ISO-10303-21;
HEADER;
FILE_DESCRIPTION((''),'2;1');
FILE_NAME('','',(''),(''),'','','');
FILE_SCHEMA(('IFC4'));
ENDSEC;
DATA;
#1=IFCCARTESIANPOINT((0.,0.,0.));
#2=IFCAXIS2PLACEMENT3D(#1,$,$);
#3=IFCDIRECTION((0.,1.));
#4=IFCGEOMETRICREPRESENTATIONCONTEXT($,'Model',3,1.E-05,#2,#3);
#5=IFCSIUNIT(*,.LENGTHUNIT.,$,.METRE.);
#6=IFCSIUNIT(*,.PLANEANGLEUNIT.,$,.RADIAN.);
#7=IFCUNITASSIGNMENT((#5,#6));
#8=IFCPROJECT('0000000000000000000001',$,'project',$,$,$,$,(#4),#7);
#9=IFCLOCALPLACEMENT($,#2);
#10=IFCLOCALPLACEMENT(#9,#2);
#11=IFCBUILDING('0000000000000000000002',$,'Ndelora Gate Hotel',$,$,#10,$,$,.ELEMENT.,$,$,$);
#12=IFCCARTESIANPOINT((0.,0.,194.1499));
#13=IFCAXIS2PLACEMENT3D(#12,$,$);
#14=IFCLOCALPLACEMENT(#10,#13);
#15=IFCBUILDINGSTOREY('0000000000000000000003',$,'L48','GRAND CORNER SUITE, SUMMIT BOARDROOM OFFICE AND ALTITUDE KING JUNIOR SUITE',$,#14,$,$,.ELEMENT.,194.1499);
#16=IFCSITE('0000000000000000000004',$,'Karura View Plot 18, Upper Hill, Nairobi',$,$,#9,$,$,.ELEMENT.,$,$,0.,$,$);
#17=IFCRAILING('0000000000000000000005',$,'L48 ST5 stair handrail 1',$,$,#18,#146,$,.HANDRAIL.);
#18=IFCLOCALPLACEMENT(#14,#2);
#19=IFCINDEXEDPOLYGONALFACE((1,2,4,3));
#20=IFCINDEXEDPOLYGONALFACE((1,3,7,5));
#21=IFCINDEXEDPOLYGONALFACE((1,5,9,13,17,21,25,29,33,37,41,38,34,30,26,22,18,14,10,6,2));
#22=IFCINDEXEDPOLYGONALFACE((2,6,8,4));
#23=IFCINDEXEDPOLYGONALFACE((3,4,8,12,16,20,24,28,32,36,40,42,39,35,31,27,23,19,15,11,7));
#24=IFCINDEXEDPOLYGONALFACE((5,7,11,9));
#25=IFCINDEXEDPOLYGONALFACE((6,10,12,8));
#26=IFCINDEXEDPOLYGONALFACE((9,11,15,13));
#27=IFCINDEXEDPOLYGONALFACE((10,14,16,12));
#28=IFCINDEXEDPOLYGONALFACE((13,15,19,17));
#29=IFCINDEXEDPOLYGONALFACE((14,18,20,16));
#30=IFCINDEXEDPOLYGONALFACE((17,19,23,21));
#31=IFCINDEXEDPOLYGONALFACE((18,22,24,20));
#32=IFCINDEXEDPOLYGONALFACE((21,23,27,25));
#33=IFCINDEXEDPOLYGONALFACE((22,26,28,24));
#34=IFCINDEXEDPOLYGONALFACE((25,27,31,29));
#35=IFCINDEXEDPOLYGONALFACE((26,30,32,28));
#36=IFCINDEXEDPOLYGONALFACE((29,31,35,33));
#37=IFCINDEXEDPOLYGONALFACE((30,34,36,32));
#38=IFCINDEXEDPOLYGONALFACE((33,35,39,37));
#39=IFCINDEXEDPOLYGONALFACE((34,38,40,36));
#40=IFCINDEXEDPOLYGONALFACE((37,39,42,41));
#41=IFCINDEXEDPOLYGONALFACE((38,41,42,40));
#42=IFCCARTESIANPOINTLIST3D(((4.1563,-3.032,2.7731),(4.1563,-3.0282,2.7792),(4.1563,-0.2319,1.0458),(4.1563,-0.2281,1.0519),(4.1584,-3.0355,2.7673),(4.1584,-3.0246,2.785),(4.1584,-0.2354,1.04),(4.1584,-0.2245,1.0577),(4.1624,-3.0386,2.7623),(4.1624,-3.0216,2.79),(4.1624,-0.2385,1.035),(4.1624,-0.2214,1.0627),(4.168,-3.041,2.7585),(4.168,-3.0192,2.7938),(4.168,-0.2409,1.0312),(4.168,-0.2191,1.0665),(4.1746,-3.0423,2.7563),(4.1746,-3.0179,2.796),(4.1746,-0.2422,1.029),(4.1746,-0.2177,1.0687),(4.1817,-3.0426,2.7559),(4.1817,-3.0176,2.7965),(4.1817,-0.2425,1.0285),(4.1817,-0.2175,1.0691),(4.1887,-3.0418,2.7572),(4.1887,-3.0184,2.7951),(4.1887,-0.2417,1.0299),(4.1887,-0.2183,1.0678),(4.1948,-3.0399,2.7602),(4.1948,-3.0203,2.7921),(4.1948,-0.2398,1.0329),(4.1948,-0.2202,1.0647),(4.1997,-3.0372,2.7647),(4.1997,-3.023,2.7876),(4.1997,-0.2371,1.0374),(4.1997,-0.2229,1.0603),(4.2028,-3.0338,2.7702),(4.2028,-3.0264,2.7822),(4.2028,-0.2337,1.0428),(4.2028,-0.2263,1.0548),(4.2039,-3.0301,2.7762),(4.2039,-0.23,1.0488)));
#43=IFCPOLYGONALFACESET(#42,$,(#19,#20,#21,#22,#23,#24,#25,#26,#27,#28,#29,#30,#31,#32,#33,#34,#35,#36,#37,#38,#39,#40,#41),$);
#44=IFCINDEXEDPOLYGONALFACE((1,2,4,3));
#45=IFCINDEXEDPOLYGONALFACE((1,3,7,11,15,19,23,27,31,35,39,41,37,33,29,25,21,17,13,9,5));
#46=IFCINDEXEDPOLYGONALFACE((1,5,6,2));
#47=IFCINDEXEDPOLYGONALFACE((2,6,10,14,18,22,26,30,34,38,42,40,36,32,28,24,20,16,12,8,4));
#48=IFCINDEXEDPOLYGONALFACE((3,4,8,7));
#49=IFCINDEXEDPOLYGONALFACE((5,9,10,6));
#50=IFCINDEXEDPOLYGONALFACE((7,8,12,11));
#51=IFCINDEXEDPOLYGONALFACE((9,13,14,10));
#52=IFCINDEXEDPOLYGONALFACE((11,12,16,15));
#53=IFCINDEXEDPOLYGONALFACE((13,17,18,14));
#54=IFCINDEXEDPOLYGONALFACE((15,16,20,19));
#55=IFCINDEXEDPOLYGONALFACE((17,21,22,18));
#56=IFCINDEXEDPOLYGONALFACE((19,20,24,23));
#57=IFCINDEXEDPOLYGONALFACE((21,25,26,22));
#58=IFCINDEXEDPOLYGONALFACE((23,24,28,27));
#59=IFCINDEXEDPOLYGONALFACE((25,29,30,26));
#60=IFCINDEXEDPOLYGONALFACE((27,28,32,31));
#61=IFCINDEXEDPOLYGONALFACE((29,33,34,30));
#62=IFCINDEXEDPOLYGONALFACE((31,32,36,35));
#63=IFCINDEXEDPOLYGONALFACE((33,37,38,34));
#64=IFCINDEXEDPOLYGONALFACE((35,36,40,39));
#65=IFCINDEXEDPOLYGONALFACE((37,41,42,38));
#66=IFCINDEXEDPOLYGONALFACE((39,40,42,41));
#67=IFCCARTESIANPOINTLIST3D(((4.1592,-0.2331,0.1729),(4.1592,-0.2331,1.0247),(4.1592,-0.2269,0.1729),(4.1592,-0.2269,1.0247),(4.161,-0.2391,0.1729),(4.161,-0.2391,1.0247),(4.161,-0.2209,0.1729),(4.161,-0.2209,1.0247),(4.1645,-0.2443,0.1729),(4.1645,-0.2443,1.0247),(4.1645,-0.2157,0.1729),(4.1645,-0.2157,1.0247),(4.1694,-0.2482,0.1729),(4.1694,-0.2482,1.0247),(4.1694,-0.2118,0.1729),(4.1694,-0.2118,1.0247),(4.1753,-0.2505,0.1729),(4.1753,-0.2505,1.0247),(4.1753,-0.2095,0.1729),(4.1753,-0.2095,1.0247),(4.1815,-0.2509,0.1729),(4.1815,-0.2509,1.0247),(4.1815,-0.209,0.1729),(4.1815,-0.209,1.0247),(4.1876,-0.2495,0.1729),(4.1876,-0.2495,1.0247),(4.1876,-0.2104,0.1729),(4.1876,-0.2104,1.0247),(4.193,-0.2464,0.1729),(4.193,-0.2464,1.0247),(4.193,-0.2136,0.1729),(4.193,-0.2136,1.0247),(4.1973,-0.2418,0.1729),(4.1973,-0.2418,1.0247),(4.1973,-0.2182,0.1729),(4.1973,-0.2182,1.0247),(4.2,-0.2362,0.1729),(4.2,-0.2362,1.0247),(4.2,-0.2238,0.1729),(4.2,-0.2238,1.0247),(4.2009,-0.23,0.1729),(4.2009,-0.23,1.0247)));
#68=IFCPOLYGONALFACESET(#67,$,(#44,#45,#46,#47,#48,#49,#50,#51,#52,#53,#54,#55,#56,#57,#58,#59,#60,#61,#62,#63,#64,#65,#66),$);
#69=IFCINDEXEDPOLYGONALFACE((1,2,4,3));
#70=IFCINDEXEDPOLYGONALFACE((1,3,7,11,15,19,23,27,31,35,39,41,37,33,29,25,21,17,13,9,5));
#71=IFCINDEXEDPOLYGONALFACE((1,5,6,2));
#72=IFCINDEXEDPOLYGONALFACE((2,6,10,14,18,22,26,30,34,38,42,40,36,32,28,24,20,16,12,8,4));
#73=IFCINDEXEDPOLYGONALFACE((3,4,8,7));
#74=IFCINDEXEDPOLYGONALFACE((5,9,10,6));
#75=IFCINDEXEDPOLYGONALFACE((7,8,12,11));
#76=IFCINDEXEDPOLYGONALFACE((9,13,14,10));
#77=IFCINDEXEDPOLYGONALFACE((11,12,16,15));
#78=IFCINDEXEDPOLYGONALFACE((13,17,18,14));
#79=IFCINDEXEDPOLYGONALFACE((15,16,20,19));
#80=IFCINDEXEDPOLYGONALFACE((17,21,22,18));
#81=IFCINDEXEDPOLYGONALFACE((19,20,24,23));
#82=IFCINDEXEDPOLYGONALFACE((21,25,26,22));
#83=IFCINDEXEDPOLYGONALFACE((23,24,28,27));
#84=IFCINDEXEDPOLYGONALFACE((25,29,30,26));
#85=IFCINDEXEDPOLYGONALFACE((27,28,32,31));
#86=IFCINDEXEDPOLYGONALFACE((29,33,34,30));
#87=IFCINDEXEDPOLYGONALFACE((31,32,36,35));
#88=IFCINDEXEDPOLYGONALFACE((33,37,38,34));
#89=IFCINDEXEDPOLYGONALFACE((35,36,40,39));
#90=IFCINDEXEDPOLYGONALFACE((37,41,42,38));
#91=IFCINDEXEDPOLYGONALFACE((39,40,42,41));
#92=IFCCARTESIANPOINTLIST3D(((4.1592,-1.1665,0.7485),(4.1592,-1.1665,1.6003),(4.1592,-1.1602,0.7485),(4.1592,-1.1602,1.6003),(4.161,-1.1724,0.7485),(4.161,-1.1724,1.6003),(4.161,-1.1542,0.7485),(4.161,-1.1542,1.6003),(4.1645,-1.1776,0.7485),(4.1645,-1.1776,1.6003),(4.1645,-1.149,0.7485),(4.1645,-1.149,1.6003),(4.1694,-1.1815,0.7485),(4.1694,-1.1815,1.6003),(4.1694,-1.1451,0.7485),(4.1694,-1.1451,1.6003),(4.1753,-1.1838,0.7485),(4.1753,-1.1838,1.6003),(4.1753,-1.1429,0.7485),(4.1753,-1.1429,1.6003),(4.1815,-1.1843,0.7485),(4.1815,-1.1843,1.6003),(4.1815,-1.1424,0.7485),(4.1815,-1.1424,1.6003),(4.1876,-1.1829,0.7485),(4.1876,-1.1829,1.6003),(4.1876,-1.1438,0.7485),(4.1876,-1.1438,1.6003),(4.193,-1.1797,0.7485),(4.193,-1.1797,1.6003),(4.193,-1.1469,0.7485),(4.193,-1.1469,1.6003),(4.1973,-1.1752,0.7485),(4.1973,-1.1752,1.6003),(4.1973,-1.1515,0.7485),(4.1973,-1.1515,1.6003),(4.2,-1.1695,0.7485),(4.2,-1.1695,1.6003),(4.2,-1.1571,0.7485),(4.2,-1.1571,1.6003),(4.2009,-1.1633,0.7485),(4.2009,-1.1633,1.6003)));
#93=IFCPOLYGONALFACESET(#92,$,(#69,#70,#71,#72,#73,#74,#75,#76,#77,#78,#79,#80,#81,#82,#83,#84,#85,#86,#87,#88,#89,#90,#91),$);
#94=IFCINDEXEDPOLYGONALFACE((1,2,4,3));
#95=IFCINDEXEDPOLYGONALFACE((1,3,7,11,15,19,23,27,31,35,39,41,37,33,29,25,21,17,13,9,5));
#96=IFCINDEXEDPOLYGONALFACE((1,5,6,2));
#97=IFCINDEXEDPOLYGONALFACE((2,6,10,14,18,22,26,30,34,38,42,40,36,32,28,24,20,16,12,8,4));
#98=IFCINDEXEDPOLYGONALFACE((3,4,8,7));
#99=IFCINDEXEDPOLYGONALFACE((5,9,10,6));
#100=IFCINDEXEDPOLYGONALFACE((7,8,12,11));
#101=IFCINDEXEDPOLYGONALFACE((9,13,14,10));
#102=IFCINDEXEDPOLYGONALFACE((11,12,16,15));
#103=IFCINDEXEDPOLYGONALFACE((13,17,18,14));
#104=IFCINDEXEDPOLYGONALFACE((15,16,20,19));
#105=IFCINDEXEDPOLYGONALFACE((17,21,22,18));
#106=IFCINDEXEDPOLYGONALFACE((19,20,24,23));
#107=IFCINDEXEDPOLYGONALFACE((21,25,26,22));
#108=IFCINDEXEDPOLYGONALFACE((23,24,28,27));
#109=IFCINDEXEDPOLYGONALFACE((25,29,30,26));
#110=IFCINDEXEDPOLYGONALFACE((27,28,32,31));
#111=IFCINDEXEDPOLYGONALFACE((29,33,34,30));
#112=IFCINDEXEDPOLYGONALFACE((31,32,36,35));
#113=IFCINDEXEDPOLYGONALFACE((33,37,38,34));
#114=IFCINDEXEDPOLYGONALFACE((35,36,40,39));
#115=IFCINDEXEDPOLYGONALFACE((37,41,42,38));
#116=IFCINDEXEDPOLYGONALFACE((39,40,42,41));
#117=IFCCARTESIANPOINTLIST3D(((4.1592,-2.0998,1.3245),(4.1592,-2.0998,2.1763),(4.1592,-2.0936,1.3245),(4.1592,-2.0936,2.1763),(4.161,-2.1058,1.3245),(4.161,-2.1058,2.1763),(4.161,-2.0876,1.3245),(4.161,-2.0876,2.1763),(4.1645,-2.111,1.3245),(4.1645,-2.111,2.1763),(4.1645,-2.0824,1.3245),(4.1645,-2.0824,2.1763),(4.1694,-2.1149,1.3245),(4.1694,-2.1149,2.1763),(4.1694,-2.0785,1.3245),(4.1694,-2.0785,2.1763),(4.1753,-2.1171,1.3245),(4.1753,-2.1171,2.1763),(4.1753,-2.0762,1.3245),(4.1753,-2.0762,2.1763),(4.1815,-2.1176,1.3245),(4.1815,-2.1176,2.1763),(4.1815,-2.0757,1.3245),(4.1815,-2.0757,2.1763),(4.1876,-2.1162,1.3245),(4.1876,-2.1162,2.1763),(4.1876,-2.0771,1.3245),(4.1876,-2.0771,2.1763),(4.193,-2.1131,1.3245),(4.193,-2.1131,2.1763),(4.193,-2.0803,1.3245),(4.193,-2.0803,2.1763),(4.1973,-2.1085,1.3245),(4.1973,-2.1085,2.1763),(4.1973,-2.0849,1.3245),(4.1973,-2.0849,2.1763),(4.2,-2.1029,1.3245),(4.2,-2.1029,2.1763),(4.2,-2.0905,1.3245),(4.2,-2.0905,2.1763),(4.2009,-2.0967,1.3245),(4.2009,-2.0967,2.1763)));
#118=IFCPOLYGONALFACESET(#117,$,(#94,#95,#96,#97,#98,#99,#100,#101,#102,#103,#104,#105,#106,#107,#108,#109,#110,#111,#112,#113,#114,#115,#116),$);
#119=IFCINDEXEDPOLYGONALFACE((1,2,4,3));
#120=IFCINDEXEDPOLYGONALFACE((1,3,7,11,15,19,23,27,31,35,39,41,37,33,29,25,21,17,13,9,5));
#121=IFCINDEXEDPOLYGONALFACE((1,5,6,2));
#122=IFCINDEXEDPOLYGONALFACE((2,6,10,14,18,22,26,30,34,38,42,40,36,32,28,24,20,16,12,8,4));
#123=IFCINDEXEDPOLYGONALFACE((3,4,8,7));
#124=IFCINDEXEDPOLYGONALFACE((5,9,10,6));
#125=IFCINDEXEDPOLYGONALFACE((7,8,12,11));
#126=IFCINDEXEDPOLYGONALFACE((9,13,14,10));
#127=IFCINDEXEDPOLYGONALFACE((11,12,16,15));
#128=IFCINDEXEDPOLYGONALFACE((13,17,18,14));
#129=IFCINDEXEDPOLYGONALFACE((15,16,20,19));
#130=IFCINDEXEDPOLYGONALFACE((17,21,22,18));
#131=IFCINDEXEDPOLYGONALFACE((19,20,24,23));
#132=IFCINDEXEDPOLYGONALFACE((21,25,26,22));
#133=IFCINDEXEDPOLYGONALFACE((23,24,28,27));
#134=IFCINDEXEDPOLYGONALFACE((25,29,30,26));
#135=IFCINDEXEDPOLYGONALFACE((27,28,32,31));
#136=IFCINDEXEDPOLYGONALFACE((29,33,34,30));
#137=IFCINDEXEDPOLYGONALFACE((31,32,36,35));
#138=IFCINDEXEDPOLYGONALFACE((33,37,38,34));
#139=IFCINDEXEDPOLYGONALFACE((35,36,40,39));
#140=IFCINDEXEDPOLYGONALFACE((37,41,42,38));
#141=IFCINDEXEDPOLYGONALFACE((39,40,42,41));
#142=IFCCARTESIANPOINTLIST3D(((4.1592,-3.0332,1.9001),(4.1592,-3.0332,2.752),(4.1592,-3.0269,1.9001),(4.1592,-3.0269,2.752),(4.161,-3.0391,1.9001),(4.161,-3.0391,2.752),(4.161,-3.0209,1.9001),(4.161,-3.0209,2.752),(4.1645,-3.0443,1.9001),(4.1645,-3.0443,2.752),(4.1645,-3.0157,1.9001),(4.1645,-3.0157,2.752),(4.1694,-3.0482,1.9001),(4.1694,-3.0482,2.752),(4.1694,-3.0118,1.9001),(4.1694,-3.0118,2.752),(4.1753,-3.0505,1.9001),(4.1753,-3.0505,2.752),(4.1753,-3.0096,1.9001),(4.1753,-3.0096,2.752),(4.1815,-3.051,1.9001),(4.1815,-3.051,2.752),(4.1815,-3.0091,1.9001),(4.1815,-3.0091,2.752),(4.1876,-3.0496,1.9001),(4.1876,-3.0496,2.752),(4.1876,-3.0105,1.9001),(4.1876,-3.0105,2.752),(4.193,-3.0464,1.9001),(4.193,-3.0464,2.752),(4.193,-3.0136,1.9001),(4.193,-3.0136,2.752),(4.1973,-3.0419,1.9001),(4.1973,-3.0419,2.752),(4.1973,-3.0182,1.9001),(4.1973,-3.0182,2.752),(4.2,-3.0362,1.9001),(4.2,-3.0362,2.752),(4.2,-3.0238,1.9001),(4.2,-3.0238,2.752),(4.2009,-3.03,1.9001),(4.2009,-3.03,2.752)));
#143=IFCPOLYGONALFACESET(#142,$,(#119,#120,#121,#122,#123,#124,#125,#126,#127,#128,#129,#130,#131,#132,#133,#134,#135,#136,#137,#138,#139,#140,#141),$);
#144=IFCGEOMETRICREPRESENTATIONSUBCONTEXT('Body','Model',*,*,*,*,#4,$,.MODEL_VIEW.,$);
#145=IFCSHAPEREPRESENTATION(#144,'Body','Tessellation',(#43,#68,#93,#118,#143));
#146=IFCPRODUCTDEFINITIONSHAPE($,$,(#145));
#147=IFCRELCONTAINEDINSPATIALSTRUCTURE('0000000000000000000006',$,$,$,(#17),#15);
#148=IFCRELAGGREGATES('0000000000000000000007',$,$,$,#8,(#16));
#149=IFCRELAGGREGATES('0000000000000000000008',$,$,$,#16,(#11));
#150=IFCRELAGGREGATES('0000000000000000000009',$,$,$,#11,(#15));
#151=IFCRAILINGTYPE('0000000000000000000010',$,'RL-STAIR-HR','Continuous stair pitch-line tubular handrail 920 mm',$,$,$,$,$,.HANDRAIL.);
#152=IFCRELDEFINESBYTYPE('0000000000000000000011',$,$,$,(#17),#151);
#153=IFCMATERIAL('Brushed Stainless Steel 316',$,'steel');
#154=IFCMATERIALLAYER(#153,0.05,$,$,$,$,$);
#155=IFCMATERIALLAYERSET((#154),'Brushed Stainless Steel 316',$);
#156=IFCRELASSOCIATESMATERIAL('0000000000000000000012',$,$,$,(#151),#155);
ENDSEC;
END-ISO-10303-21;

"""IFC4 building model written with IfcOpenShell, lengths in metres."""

from ifc_helpers import new_model, si_unit, direction, frame, origin, origin_2d, place, context, subcontext, project, spatial, circle, extrude, material, layer, layer_set, type_object, element, save


model = new_model("IFC4")

# Units and contexts
model_context = context("Model", 3, precision=1e-05, world=origin(), true_north=direction((0.0, 1.0)))
body_context = subcontext(model_context, "Body", "Model", "MODEL_VIEW")
ifc_project = project(units=[si_unit("LENGTHUNIT", "METRE"), si_unit("PLANEANGLEUNIT", "RADIAN")], contexts=[model_context])

# Site, building, storey
site_placement = place(None, origin())
site = spatial("IfcSite", under=ifc_project, at=site_placement, Name="Karura View Plot 18, Upper Hill, Nairobi", CompositionType="ELEMENT", RefElevation=0.0)
building_placement = place(site_placement, origin())
building = spatial("IfcBuilding", under=site, at=building_placement, Name="Ndelora Gate Hotel", CompositionType="ELEMENT")
storey_placement = place(building_placement, frame((0.0, 0.0, 194.1499)))
storey = spatial("IfcBuildingStorey", under=building, at=storey_placement, Name="L48", Description="GRAND CORNER SUITE, SUMMIT BOARDROOM OFFICE AND ALTITUDE KING JUNIOR SUITE", CompositionType="ELEMENT", Elevation=194.1499)

# Railing
ifc_material_1 = material(Name="Brushed Stainless Steel 316", Category="steel")
ifc_layer_1 = layer(ifc_material_1, 0.05)
ifc_layer_set_1 = layer_set([ifc_layer_1], Name="Brushed Stainless Steel 316")
railing_type_1 = type_object("IfcRailingType", Name="RL-STAIR-HR", Description="Continuous stair pitch-line tubular handrail 920 mm", PredefinedType="HANDRAIL", material=ifc_layer_set_1)
railing_1_placement = place(storey_placement, frame((4.1799, -0.23, 0.1729)))
element("IfcRailing", 1, at=railing_1_placement, inside=storey, type_object=railing_type_1, Name="L48 ST5 stair handrail 1", PredefinedType="HANDRAIL", context=body_context, shape_type="SweptSolid", body=[
    extrude(circle(Radius=0.0239, at=origin_2d()), frame((0.0, 0.0, 0.876), z_axis=(0.0, -0.85109, 0.52502), x_axis=(1.0, 0.0, 0.0)), (0.0, 0.0, 1.0), 3.29),
    extrude(circle(Radius=0.021, at=origin_2d()), origin(), (0.0, 0.0, 1.0), 0.8518),
    extrude(circle(Radius=0.021, at=origin_2d()), frame((0.0, -0.9333, 0.5757)), (0.0, 0.0, 1.0), 0.8518),
    extrude(circle(Radius=0.021, at=origin_2d()), frame((0.0, -1.8667, 1.1516)), (0.0, 0.0, 1.0), 0.8518),
    extrude(circle(Radius=0.021, at=origin_2d()), frame((0.0, -2.8, 1.7273)), (0.0, 0.0, 1.0), 0.8518),
])

save(model, "model.ifc")
